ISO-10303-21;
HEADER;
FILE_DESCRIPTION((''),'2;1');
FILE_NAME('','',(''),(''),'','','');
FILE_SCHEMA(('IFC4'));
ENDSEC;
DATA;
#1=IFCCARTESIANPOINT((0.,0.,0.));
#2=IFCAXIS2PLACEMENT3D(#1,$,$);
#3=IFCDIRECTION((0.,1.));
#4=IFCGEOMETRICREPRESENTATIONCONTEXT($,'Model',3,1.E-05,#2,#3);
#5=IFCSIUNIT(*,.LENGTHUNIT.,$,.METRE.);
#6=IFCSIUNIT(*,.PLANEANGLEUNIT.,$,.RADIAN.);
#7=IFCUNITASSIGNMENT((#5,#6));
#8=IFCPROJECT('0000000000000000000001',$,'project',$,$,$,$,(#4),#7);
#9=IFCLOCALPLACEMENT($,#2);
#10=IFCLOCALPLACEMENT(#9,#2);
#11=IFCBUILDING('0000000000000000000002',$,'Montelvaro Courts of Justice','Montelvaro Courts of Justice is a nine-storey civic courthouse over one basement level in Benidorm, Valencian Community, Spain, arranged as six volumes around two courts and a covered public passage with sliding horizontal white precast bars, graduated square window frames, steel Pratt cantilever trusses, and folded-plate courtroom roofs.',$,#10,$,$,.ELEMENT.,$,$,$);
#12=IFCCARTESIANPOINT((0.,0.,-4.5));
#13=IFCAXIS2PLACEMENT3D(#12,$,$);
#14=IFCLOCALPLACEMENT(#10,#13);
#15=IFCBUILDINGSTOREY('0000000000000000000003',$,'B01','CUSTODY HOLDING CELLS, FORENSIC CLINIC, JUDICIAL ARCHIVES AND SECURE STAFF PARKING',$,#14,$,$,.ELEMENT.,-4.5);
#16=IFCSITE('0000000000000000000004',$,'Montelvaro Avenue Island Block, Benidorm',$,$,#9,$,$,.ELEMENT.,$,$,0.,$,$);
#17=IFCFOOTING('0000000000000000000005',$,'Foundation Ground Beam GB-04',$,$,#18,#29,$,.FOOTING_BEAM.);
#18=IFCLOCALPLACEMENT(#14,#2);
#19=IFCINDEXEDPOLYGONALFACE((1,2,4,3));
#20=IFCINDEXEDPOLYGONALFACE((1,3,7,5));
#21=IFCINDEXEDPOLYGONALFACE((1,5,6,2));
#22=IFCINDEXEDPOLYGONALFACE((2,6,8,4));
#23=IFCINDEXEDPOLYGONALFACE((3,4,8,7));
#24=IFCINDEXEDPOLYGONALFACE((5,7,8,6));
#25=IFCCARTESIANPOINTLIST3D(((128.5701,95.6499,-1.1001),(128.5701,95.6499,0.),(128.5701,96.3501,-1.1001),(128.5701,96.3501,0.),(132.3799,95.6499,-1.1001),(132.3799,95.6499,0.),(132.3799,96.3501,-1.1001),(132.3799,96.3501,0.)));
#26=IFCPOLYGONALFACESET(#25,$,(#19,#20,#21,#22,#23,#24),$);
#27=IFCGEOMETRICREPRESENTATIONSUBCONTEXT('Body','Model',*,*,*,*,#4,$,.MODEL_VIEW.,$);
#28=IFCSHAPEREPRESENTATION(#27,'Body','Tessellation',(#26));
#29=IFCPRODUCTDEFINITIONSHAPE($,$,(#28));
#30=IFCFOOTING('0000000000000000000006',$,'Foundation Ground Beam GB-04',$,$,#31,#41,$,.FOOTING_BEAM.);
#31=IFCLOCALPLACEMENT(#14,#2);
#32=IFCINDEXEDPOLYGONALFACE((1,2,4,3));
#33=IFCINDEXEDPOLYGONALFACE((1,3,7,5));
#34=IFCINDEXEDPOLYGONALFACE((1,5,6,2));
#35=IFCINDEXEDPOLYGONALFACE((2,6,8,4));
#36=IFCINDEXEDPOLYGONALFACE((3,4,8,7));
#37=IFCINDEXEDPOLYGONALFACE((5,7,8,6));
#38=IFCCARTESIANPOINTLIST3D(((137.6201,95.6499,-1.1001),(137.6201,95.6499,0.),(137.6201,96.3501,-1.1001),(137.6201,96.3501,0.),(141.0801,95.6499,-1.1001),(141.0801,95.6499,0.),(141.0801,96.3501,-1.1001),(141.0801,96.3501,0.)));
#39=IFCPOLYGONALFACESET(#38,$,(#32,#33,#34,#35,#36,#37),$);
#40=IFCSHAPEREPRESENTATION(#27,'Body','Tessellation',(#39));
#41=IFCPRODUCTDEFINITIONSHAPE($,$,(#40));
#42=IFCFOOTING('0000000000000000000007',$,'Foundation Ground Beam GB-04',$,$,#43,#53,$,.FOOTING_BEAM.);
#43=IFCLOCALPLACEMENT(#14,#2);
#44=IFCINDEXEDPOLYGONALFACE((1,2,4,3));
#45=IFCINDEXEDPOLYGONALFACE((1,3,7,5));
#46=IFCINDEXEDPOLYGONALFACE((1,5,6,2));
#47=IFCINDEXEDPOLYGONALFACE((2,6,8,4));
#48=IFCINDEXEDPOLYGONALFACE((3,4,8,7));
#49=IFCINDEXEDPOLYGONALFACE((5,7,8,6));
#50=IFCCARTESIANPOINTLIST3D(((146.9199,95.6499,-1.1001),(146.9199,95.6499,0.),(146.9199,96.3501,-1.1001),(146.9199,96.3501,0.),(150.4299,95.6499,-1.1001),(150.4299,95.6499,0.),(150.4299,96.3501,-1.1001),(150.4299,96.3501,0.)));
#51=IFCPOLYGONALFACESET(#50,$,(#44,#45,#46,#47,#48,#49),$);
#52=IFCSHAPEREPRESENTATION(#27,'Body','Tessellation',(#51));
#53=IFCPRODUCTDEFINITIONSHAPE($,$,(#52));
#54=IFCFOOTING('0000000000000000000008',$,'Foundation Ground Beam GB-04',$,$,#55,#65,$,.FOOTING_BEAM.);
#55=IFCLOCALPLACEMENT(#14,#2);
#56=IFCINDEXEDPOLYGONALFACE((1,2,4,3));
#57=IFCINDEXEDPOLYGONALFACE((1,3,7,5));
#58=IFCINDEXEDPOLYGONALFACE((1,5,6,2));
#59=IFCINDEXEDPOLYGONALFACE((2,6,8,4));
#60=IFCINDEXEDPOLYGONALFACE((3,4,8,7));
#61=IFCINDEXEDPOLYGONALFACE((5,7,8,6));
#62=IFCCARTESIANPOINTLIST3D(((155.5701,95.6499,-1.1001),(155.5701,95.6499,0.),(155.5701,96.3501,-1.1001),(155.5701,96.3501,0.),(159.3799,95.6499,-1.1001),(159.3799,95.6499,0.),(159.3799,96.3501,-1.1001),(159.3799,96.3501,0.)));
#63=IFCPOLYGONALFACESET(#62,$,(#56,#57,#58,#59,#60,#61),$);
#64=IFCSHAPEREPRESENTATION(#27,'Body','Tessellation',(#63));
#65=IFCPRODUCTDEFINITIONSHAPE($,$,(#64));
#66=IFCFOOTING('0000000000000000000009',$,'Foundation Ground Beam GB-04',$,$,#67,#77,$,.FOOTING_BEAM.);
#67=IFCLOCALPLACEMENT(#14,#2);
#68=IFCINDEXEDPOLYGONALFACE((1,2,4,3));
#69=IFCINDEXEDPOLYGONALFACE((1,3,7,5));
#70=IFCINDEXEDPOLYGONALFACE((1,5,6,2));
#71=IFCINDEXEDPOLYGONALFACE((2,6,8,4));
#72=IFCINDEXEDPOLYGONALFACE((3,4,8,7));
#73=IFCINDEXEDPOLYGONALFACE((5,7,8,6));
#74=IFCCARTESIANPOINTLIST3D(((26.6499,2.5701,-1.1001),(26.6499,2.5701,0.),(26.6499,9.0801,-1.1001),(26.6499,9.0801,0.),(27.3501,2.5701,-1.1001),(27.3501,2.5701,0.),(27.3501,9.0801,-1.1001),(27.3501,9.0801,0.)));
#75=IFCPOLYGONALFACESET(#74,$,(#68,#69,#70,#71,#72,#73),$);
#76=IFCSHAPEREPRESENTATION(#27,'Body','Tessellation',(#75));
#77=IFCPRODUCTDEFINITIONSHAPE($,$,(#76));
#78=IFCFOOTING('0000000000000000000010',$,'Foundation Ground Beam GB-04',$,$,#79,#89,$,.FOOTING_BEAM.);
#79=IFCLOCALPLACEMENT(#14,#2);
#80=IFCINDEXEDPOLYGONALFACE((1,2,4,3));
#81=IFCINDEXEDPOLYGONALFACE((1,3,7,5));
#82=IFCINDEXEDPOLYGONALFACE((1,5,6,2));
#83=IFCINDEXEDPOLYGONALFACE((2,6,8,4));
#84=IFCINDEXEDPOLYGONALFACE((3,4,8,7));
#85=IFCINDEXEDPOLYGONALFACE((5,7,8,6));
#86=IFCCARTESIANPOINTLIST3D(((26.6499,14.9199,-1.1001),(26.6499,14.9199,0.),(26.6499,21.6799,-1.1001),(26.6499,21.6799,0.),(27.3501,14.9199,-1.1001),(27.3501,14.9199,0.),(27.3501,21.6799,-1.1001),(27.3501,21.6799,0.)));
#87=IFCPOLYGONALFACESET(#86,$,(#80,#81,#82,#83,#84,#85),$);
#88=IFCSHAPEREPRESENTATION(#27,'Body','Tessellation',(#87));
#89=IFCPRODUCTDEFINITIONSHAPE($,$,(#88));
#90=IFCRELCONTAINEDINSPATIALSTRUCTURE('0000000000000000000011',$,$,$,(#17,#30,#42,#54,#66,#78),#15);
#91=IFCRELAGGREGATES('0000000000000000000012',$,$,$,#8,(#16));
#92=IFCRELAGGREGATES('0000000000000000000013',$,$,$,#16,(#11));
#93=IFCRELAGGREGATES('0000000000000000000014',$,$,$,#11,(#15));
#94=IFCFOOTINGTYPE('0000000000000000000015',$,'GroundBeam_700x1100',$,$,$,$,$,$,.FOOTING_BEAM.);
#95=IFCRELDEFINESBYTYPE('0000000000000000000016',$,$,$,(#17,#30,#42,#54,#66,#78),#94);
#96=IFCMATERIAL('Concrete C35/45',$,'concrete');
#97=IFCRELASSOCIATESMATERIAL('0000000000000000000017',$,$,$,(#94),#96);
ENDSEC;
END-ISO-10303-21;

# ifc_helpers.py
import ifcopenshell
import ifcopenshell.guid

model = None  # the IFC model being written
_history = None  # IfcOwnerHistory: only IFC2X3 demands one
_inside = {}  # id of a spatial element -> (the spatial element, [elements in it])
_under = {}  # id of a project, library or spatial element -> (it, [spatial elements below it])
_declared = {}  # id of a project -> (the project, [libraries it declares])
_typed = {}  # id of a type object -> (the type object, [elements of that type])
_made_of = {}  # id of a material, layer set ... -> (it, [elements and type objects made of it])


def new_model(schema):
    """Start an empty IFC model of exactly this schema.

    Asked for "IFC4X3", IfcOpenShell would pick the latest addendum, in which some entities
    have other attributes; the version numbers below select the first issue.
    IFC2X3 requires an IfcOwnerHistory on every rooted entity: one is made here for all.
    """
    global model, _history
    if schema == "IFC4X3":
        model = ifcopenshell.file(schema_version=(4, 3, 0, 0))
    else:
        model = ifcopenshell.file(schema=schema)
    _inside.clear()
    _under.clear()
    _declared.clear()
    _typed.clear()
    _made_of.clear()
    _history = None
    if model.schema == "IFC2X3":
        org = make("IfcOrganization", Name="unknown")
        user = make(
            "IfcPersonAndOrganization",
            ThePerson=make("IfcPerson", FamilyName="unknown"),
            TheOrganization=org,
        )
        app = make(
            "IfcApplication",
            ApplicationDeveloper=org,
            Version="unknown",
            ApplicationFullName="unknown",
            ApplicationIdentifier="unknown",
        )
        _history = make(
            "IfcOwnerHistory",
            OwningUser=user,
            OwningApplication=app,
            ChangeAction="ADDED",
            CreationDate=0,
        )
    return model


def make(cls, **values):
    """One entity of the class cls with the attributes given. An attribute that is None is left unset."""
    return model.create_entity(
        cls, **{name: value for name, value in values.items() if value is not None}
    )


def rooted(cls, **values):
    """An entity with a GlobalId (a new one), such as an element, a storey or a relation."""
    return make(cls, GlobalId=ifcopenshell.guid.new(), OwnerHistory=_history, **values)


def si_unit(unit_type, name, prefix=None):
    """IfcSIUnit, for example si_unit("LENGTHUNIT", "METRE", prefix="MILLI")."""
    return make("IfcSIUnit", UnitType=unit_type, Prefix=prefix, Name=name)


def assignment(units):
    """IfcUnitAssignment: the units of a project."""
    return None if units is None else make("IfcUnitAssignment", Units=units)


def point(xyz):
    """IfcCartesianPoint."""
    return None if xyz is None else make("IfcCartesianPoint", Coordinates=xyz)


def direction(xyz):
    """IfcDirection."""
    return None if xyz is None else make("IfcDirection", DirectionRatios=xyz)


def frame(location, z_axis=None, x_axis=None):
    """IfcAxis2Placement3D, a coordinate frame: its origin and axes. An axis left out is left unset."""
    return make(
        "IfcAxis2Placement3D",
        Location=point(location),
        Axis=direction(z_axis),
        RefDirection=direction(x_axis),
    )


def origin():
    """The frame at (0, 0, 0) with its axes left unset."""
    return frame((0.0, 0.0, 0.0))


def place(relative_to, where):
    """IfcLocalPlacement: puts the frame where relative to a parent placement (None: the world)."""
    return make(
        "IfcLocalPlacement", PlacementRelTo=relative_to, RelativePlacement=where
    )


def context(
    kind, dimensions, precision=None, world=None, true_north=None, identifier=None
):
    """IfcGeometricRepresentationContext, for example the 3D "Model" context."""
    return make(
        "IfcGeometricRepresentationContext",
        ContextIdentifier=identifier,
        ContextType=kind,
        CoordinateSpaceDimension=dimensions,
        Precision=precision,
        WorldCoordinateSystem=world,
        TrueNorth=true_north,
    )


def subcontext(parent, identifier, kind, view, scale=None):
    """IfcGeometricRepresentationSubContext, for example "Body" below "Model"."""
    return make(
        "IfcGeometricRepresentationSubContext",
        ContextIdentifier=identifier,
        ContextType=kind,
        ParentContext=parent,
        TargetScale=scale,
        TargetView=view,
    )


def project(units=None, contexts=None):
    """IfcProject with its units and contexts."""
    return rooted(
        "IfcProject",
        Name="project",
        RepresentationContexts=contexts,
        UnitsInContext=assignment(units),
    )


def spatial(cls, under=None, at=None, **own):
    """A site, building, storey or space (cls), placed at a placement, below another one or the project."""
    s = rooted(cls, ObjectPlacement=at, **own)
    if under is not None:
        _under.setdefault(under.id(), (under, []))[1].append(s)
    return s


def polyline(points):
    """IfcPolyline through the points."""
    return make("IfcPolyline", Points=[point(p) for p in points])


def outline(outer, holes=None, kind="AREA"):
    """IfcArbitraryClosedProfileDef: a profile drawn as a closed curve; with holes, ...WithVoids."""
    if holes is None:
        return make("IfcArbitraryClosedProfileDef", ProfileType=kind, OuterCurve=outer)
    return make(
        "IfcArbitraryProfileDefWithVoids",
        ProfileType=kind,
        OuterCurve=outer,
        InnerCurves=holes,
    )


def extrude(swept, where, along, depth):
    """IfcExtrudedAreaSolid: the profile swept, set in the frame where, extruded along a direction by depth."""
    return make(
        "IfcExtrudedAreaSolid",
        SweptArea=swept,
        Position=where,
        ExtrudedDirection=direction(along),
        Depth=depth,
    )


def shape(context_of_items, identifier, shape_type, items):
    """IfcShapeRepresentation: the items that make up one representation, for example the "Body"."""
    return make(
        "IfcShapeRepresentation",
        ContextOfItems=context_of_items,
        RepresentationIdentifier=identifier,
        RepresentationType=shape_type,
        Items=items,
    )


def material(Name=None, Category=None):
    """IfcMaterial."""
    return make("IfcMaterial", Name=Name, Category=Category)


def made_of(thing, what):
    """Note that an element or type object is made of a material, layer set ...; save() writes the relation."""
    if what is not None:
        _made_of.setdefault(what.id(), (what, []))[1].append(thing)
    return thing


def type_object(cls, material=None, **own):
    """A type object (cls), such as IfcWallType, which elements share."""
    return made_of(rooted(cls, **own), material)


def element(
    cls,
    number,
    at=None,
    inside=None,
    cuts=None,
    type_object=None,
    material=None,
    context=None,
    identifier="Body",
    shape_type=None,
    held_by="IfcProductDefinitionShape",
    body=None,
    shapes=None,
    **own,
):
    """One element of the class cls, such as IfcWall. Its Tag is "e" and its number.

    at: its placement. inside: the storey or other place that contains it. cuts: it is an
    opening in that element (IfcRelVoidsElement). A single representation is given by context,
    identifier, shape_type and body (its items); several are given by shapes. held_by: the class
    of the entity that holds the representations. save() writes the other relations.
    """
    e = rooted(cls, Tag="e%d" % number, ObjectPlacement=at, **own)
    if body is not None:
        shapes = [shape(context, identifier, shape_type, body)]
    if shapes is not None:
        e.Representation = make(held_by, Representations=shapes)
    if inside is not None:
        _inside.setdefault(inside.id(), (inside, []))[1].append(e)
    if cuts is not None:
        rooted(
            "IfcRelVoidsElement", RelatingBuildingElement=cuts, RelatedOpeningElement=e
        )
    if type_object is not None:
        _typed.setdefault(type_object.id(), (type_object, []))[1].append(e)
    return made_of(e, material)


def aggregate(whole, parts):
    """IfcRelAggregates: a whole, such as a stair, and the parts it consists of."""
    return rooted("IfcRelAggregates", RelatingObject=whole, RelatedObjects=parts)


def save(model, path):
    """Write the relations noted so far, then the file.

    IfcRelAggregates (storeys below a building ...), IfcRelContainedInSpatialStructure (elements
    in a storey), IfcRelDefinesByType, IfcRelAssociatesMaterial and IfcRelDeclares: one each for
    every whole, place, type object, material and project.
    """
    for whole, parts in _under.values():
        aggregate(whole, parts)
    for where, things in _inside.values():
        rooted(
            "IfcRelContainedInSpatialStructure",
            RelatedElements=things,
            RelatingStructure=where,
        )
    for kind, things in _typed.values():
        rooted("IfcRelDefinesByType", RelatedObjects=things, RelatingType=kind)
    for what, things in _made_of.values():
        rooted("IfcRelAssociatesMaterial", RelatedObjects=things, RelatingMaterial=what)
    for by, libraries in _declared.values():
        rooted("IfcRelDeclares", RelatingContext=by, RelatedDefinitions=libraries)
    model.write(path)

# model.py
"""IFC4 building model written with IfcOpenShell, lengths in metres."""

from ifc_helpers import new_model, si_unit, direction, frame, origin, place, context, subcontext, project, spatial, polyline, outline, extrude, material, type_object, element, save


model = new_model("IFC4")

# Units and contexts
model_context = context("Model", 3, precision=1e-05, world=origin(), true_north=direction((0.0, 1.0)))
body_context = subcontext(model_context, "Body", "Model", "MODEL_VIEW")
ifc_project = project(units=[si_unit("LENGTHUNIT", "METRE"), si_unit("PLANEANGLEUNIT", "RADIAN")], contexts=[model_context])

# Site, building, storey
site_placement = place(None, origin())
site = spatial("IfcSite", under=ifc_project, at=site_placement, Name="Montelvaro Avenue Island Block, Benidorm", CompositionType="ELEMENT", RefElevation=0.0)
building_placement = place(site_placement, origin())
building = spatial("IfcBuilding", under=site, at=building_placement, Name="Montelvaro Courts of Justice", Description="Montelvaro Courts of Justice is a nine-storey civic courthouse over one basement level in Benidorm, Valencian Community, Spain, arranged as six volumes around two courts and a covered public passage with sliding horizontal white precast bars, graduated square window frames, steel Pratt cantilever trusses, and folded-plate courtroom roofs.", CompositionType="ELEMENT")
storey_placement = place(building_placement, frame((0.0, 0.0, -4.5)))
storey = spatial("IfcBuildingStorey", under=building, at=storey_placement, Name="B01", Description="CUSTODY HOLDING CELLS, FORENSIC CLINIC, JUDICIAL ARCHIVES AND SECURE STAFF PARKING", CompositionType="ELEMENT", Elevation=-4.5)

# Footings
ifc_material = material(Name="Concrete C35/45", Category="concrete")
footing_type = type_object("IfcFootingType", Name="GroundBeam_700x1100", PredefinedType="FOOTING_BEAM", material=ifc_material)
footing_1_placement = place(storey_placement, frame((0.0, 0.0, -1.1001)))
element("IfcFooting", 1, at=footing_1_placement, inside=storey, type_object=footing_type, Name="Foundation Ground Beam GB-04", PredefinedType="FOOTING_BEAM", context=body_context, shape_type="SweptSolid", body=[
    extrude(outline(polyline([(128.5701, 95.6499), (132.3799, 95.6499), (132.3799, 96.3501), (128.5701, 96.3501), (128.5701, 95.6499)])), origin(), (0.0, 0.0, 1.0), 1.1001),
])
footing_2_placement = place(storey_placement, frame((0.0, 0.0, -1.1001)))
element("IfcFooting", 2, at=footing_2_placement, inside=storey, type_object=footing_type, Name="Foundation Ground Beam GB-04", PredefinedType="FOOTING_BEAM", context=body_context, shape_type="SweptSolid", body=[
    extrude(outline(polyline([(137.6201, 95.6499), (141.0801, 95.6499), (141.0801, 96.3501), (137.6201, 96.3501), (137.6201, 95.6499)])), origin(), (0.0, 0.0, 1.0), 1.1001),
])
footing_3_placement = place(storey_placement, frame((0.0, 0.0, -1.1001)))
element("IfcFooting", 3, at=footing_3_placement, inside=storey, type_object=footing_type, Name="Foundation Ground Beam GB-04", PredefinedType="FOOTING_BEAM", context=body_context, shape_type="SweptSolid", body=[
    extrude(outline(polyline([(146.9199, 95.6499), (150.4299, 95.6499), (150.4299, 96.3501), (146.9199, 96.3501), (146.9199, 95.6499)])), origin(), (0.0, 0.0, 1.0), 1.1001),
])
footing_4_placement = place(storey_placement, frame((0.0, 0.0, -1.1001)))
element("IfcFooting", 4, at=footing_4_placement, inside=storey, type_object=footing_type, Name="Foundation Ground Beam GB-04", PredefinedType="FOOTING_BEAM", context=body_context, shape_type="SweptSolid", body=[
    extrude(outline(polyline([(155.5701, 95.6499), (159.3799, 95.6499), (159.3799, 96.3501), (155.5701, 96.3501), (155.5701, 95.6499)])), origin(), (0.0, 0.0, 1.0), 1.1001),
])
footing_5_placement = place(storey_placement, frame((0.0, 0.0, -1.1001)))
element("IfcFooting", 5, at=footing_5_placement, inside=storey, type_object=footing_type, Name="Foundation Ground Beam GB-04", PredefinedType="FOOTING_BEAM", context=body_context, shape_type="SweptSolid", body=[
    extrude(outline(polyline([(26.6499, 2.5701), (27.3501, 2.5701), (27.3501, 9.0801), (26.6499, 9.0801), (26.6499, 2.5701)])), origin(), (0.0, 0.0, 1.0), 1.1001),
])
footing_6_placement = place(storey_placement, frame((0.0, 0.0, -1.1001)))
element("IfcFooting", 6, at=footing_6_placement, inside=storey, type_object=footing_type, Name="Foundation Ground Beam GB-04", PredefinedType="FOOTING_BEAM", context=body_context, shape_type="SweptSolid", body=[
    extrude(outline(polyline([(26.6499, 14.9199), (27.3501, 14.9199), (27.3501, 21.6799), (26.6499, 21.6799), (26.6499, 14.9199)])), origin(), (0.0, 0.0, 1.0), 1.1001),
])

save(model, "model.ifc")
